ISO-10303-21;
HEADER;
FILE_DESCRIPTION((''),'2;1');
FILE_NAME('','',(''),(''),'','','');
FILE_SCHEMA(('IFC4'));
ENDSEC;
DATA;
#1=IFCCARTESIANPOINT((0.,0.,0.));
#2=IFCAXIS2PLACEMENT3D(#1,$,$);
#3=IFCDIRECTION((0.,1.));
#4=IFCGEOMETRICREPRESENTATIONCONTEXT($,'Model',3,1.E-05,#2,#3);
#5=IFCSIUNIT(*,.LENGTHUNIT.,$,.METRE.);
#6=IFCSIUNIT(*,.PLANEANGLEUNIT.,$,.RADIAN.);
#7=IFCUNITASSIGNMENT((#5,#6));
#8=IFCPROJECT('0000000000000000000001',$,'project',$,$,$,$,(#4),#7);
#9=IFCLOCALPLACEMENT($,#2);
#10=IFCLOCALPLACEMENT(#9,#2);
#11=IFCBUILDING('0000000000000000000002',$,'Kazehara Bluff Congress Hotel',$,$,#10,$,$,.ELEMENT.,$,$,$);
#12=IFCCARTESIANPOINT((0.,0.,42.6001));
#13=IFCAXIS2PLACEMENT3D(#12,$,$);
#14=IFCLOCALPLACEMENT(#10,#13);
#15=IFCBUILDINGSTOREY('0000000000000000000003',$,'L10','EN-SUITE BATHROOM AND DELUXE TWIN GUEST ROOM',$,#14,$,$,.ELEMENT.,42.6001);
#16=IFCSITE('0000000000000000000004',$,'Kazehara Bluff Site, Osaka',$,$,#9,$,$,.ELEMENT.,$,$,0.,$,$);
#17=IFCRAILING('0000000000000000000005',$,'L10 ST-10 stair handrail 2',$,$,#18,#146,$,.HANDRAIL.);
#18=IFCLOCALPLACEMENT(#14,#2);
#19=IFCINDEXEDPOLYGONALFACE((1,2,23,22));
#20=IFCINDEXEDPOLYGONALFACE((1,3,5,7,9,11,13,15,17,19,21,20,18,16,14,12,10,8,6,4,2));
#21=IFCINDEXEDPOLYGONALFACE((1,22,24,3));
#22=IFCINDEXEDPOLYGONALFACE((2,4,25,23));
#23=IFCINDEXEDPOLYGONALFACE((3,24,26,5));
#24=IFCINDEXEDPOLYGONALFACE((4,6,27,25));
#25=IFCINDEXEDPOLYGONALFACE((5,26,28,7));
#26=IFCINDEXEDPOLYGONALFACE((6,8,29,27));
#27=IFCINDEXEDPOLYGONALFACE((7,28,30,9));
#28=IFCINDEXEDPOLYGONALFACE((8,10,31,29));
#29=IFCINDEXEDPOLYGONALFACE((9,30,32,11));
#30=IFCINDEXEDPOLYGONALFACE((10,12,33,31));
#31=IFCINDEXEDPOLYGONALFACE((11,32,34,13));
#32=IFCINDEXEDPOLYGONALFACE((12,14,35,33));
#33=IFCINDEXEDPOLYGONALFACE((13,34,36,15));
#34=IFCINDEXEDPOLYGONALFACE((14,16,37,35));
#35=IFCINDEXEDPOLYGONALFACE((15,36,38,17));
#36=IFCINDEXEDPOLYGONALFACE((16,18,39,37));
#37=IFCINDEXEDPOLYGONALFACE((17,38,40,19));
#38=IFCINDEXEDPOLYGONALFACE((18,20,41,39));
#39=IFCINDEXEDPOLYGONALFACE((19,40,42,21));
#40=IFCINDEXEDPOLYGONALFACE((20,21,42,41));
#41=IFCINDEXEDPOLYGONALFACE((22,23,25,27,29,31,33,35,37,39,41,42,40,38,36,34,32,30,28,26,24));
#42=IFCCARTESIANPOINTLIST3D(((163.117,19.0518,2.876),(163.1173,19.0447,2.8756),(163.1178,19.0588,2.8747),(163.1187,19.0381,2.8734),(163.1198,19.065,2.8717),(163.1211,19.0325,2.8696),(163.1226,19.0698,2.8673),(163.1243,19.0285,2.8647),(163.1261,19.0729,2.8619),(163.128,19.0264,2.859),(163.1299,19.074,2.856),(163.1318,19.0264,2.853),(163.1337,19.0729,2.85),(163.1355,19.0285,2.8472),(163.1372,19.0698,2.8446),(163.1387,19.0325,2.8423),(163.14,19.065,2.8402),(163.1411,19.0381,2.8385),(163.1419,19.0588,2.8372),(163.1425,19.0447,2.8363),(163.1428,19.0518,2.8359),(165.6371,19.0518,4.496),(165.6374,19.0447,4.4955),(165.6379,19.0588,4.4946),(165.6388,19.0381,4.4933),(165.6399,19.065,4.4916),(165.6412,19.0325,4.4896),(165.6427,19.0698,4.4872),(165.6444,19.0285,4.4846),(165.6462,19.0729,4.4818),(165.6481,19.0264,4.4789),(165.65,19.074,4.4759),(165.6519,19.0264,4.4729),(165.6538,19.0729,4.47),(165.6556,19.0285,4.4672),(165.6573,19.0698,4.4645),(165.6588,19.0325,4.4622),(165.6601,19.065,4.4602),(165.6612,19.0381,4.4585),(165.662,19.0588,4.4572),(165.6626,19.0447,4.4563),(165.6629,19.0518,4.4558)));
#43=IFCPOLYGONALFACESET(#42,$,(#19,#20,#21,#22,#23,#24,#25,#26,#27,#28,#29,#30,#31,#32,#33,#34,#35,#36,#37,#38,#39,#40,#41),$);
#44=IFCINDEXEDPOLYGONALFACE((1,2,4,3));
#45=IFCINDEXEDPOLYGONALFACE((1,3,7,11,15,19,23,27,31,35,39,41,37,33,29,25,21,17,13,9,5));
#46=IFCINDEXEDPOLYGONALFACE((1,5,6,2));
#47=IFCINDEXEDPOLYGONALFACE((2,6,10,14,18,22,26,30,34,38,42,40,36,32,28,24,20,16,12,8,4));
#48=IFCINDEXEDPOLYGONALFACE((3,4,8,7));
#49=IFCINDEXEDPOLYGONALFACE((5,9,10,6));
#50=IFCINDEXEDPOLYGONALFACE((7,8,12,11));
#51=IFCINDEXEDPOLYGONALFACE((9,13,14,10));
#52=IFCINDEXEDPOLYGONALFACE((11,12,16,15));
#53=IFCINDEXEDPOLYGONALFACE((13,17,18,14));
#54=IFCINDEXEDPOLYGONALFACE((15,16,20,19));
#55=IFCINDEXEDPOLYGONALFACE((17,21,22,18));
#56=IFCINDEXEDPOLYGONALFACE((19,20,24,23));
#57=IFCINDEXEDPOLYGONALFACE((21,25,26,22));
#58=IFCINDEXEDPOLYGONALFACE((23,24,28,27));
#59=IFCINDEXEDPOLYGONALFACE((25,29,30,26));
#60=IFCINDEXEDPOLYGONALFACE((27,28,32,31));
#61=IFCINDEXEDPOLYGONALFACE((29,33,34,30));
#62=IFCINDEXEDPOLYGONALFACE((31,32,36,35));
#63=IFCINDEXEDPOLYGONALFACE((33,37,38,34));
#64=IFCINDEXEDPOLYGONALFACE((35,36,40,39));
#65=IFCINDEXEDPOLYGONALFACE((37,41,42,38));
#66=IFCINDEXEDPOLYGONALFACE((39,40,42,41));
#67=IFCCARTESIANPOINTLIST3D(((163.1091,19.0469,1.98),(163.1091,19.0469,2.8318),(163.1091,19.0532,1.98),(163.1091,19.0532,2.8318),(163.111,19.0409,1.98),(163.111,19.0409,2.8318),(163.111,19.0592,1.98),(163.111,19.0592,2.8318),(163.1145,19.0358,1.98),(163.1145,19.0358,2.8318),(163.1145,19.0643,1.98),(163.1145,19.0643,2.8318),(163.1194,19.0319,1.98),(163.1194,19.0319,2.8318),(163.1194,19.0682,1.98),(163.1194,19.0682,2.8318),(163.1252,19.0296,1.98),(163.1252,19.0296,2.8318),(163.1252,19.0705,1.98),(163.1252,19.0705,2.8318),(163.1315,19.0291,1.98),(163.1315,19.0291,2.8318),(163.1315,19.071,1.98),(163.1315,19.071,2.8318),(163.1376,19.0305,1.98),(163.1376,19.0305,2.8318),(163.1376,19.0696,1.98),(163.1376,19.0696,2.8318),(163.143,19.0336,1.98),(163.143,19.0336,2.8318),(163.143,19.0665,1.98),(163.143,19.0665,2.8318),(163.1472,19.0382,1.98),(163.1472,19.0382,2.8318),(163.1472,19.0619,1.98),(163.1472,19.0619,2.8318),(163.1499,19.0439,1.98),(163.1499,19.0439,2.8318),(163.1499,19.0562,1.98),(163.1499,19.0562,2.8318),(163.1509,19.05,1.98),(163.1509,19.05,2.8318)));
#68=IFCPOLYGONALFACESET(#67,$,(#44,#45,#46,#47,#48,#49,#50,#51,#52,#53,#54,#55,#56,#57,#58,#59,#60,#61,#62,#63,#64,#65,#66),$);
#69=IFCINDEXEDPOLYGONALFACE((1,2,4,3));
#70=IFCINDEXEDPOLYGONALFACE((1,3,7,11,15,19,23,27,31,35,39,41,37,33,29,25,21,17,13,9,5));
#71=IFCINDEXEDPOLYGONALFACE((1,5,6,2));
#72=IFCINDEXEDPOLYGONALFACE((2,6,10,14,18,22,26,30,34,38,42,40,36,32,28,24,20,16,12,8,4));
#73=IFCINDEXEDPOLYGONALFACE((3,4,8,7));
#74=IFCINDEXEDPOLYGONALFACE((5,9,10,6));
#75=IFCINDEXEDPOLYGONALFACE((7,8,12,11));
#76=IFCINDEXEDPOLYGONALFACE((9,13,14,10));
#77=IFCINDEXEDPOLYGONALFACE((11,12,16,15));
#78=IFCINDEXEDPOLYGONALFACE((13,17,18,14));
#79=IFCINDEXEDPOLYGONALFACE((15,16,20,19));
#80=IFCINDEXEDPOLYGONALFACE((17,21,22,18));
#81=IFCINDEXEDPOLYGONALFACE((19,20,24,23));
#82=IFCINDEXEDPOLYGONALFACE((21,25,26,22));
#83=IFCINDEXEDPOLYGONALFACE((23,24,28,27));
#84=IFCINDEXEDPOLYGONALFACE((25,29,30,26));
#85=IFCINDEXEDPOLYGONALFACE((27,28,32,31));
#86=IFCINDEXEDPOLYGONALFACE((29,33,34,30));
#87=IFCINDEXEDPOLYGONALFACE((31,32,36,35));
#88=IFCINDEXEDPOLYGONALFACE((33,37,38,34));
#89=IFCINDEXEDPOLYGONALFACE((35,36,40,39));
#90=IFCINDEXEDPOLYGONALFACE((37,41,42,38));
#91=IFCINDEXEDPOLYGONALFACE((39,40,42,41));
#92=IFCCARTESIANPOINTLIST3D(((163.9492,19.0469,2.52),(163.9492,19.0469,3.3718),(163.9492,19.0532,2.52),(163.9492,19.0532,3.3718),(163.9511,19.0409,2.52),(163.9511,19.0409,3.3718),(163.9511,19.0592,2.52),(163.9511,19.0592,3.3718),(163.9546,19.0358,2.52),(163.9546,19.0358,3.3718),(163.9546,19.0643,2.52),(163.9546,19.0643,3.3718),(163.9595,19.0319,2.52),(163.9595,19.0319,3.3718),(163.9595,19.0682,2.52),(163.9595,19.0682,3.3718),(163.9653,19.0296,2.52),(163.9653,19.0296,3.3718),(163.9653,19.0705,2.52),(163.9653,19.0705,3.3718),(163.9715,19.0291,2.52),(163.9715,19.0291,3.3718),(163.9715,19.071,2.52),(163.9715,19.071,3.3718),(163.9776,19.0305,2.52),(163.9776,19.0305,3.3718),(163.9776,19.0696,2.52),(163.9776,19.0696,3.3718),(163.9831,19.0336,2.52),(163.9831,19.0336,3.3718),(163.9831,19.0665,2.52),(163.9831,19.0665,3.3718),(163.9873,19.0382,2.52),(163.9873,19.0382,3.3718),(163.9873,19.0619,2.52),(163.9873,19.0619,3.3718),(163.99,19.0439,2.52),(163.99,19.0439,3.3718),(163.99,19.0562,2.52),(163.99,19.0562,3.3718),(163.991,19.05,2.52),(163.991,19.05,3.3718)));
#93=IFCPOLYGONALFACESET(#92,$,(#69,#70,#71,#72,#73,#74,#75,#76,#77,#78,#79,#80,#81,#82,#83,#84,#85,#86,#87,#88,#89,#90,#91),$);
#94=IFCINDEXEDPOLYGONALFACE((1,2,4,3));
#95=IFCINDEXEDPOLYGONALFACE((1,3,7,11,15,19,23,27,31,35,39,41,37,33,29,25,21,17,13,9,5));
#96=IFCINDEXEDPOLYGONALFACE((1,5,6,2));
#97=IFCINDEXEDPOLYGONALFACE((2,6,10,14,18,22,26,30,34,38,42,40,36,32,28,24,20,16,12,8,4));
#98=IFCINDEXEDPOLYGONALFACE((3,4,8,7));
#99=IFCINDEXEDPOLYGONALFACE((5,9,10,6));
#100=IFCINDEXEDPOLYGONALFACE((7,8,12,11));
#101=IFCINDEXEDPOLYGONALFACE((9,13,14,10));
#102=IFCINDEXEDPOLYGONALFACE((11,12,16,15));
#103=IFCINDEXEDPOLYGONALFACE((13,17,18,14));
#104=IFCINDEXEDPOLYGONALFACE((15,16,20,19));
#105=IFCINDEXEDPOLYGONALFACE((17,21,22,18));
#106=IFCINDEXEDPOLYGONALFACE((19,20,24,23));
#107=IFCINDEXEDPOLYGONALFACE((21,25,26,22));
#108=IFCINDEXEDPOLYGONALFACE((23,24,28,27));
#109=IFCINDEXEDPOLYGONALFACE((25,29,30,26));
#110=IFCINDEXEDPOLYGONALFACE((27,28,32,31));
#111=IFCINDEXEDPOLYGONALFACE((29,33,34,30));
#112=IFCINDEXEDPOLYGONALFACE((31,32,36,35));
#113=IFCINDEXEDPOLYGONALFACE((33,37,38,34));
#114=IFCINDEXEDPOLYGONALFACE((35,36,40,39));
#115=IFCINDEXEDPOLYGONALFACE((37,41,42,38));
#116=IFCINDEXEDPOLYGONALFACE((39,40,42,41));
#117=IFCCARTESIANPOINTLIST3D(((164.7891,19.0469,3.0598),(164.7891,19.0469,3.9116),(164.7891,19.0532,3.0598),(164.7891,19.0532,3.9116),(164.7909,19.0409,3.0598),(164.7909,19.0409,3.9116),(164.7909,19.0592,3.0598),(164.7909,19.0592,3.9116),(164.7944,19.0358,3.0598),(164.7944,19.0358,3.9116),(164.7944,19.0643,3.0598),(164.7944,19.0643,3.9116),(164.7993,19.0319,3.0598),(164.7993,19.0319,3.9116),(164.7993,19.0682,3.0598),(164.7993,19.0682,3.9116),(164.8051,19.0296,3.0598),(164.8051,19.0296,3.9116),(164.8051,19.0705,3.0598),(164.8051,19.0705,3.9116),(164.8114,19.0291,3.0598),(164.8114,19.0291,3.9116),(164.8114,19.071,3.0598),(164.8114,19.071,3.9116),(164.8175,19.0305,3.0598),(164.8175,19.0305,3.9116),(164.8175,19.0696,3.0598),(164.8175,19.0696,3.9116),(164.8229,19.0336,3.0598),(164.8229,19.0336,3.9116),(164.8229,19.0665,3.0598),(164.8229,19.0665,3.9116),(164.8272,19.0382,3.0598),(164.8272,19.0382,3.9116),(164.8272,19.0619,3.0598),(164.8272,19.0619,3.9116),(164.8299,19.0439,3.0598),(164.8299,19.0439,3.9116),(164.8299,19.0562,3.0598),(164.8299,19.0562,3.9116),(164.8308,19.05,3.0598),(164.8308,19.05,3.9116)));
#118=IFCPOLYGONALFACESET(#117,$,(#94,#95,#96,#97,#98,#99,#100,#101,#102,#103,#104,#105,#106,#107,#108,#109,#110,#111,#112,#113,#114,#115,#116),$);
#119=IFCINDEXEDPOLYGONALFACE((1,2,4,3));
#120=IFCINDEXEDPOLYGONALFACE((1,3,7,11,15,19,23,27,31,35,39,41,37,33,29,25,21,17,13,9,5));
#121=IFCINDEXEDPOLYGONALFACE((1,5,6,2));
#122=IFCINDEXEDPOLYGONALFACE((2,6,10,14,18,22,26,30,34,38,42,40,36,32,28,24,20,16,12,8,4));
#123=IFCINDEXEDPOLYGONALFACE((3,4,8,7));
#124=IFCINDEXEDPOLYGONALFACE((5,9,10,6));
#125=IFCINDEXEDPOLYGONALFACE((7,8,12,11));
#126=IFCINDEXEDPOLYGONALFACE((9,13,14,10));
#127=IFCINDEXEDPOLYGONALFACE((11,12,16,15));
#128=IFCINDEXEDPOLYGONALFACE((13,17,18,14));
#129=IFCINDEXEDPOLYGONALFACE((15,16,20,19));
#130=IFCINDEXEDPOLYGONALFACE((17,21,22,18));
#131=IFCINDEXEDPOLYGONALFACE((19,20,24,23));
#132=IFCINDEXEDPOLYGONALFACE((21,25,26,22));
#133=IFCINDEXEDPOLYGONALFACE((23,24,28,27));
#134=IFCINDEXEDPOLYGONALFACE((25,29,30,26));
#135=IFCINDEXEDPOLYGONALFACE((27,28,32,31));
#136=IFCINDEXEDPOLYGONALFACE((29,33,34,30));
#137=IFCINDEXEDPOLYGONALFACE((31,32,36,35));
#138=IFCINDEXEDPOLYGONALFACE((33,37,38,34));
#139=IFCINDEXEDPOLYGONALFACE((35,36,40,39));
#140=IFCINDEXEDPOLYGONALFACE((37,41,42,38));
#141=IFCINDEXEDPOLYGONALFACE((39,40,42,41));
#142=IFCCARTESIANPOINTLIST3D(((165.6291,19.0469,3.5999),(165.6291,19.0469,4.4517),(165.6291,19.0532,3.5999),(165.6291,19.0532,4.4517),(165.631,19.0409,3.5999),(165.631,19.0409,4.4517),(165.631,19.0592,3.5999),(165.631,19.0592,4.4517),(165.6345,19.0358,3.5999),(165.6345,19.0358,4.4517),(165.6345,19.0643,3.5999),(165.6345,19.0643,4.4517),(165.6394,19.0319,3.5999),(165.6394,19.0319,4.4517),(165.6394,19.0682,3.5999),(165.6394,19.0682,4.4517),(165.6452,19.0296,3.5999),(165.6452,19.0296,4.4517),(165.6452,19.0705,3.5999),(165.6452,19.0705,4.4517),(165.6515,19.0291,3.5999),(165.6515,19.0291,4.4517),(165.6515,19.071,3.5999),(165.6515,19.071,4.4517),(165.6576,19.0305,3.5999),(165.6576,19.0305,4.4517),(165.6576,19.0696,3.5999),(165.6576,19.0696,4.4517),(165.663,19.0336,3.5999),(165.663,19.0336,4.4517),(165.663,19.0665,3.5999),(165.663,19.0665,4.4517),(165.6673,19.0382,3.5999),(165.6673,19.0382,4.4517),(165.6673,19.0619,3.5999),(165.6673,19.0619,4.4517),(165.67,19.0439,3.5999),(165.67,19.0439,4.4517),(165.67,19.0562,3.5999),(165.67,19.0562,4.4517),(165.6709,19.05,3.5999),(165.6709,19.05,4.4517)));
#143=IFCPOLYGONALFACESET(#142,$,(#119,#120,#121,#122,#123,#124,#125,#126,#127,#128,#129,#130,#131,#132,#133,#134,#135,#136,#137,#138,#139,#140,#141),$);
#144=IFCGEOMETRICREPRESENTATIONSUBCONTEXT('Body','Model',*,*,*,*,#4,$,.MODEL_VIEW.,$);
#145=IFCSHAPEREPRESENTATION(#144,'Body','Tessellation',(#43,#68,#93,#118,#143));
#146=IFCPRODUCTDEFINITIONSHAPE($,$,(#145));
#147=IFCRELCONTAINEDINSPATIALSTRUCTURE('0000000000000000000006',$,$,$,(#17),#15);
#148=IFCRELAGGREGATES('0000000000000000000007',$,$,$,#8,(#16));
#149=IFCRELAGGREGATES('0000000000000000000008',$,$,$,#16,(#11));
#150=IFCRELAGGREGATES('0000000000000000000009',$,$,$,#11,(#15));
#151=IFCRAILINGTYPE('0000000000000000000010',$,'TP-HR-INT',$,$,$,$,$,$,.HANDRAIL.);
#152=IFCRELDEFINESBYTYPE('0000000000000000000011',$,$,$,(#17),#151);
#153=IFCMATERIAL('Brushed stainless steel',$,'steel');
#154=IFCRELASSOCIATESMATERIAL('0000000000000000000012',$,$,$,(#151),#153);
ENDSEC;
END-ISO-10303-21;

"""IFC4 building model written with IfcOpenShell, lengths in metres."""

from ifc_helpers import new_model, si_unit, direction, frame, origin, origin_2d, place, context, subcontext, project, spatial, circle, extrude, material, type_object, element, save


model = new_model("IFC4")

# Units and contexts
model_context = context("Model", 3, precision=1e-05, world=origin(), true_north=direction((0.0, 1.0)))
body_context = subcontext(model_context, "Body", "Model", "MODEL_VIEW")
ifc_project = project(units=[si_unit("LENGTHUNIT", "METRE"), si_unit("PLANEANGLEUNIT", "RADIAN")], contexts=[model_context])

# Site, building, storey
site_placement = place(None, origin())
site = spatial("IfcSite", under=ifc_project, at=site_placement, Name="Kazehara Bluff Site, Osaka", CompositionType="ELEMENT", RefElevation=0.0)
building_placement = place(site_placement, origin())
building = spatial("IfcBuilding", under=site, at=building_placement, Name="Kazehara Bluff Congress Hotel", CompositionType="ELEMENT")
storey_placement = place(building_placement, frame((0.0, 0.0, 42.6001)))
storey = spatial("IfcBuildingStorey", under=building, at=storey_placement, Name="L10", Description="EN-SUITE BATHROOM AND DELUXE TWIN GUEST ROOM", CompositionType="ELEMENT", Elevation=42.6001)

# Railing
ifc_material_1 = material(Name="Brushed stainless steel", Category="steel")
railing_type_1 = type_object("IfcRailingType", Name="TP-HR-INT", PredefinedType="HANDRAIL", material=ifc_material_1)
railing_1_placement = place(storey_placement, frame((163.1299, 19.05, 1.98)))
element("IfcRailing", 1, at=railing_1_placement, inside=storey, type_object=railing_type_1, Name="L10 ST-10 stair handrail 2", PredefinedType="HANDRAIL", context=body_context, shape_type="SweptSolid", body=[
    extrude(circle(Radius=0.0239, at=origin_2d()), frame((0.0, 0.0, 0.876), z_axis=(0.8412, 0.0, 0.540725), x_axis=(0.0, 1.0, 0.0)), (0.0, 0.0, 1.0), 2.9958),
    extrude(circle(Radius=0.021, at=origin_2d()), origin(), (0.0, 0.0, 1.0), 0.8518),
    extrude(circle(Radius=0.021, at=origin_2d()), frame((0.8401, 0.0, 0.54)), (0.0, 0.0, 1.0), 0.8518),
    extrude(circle(Radius=0.021, at=origin_2d()), frame((1.6799, 0.0, 1.0798)), (0.0, 0.0, 1.0), 0.8518),
    extrude(circle(Radius=0.021, at=origin_2d()), frame((2.52, 0.0, 1.6199)), (0.0, 0.0, 1.0), 0.8518),
])

save(model, "model.ifc")
